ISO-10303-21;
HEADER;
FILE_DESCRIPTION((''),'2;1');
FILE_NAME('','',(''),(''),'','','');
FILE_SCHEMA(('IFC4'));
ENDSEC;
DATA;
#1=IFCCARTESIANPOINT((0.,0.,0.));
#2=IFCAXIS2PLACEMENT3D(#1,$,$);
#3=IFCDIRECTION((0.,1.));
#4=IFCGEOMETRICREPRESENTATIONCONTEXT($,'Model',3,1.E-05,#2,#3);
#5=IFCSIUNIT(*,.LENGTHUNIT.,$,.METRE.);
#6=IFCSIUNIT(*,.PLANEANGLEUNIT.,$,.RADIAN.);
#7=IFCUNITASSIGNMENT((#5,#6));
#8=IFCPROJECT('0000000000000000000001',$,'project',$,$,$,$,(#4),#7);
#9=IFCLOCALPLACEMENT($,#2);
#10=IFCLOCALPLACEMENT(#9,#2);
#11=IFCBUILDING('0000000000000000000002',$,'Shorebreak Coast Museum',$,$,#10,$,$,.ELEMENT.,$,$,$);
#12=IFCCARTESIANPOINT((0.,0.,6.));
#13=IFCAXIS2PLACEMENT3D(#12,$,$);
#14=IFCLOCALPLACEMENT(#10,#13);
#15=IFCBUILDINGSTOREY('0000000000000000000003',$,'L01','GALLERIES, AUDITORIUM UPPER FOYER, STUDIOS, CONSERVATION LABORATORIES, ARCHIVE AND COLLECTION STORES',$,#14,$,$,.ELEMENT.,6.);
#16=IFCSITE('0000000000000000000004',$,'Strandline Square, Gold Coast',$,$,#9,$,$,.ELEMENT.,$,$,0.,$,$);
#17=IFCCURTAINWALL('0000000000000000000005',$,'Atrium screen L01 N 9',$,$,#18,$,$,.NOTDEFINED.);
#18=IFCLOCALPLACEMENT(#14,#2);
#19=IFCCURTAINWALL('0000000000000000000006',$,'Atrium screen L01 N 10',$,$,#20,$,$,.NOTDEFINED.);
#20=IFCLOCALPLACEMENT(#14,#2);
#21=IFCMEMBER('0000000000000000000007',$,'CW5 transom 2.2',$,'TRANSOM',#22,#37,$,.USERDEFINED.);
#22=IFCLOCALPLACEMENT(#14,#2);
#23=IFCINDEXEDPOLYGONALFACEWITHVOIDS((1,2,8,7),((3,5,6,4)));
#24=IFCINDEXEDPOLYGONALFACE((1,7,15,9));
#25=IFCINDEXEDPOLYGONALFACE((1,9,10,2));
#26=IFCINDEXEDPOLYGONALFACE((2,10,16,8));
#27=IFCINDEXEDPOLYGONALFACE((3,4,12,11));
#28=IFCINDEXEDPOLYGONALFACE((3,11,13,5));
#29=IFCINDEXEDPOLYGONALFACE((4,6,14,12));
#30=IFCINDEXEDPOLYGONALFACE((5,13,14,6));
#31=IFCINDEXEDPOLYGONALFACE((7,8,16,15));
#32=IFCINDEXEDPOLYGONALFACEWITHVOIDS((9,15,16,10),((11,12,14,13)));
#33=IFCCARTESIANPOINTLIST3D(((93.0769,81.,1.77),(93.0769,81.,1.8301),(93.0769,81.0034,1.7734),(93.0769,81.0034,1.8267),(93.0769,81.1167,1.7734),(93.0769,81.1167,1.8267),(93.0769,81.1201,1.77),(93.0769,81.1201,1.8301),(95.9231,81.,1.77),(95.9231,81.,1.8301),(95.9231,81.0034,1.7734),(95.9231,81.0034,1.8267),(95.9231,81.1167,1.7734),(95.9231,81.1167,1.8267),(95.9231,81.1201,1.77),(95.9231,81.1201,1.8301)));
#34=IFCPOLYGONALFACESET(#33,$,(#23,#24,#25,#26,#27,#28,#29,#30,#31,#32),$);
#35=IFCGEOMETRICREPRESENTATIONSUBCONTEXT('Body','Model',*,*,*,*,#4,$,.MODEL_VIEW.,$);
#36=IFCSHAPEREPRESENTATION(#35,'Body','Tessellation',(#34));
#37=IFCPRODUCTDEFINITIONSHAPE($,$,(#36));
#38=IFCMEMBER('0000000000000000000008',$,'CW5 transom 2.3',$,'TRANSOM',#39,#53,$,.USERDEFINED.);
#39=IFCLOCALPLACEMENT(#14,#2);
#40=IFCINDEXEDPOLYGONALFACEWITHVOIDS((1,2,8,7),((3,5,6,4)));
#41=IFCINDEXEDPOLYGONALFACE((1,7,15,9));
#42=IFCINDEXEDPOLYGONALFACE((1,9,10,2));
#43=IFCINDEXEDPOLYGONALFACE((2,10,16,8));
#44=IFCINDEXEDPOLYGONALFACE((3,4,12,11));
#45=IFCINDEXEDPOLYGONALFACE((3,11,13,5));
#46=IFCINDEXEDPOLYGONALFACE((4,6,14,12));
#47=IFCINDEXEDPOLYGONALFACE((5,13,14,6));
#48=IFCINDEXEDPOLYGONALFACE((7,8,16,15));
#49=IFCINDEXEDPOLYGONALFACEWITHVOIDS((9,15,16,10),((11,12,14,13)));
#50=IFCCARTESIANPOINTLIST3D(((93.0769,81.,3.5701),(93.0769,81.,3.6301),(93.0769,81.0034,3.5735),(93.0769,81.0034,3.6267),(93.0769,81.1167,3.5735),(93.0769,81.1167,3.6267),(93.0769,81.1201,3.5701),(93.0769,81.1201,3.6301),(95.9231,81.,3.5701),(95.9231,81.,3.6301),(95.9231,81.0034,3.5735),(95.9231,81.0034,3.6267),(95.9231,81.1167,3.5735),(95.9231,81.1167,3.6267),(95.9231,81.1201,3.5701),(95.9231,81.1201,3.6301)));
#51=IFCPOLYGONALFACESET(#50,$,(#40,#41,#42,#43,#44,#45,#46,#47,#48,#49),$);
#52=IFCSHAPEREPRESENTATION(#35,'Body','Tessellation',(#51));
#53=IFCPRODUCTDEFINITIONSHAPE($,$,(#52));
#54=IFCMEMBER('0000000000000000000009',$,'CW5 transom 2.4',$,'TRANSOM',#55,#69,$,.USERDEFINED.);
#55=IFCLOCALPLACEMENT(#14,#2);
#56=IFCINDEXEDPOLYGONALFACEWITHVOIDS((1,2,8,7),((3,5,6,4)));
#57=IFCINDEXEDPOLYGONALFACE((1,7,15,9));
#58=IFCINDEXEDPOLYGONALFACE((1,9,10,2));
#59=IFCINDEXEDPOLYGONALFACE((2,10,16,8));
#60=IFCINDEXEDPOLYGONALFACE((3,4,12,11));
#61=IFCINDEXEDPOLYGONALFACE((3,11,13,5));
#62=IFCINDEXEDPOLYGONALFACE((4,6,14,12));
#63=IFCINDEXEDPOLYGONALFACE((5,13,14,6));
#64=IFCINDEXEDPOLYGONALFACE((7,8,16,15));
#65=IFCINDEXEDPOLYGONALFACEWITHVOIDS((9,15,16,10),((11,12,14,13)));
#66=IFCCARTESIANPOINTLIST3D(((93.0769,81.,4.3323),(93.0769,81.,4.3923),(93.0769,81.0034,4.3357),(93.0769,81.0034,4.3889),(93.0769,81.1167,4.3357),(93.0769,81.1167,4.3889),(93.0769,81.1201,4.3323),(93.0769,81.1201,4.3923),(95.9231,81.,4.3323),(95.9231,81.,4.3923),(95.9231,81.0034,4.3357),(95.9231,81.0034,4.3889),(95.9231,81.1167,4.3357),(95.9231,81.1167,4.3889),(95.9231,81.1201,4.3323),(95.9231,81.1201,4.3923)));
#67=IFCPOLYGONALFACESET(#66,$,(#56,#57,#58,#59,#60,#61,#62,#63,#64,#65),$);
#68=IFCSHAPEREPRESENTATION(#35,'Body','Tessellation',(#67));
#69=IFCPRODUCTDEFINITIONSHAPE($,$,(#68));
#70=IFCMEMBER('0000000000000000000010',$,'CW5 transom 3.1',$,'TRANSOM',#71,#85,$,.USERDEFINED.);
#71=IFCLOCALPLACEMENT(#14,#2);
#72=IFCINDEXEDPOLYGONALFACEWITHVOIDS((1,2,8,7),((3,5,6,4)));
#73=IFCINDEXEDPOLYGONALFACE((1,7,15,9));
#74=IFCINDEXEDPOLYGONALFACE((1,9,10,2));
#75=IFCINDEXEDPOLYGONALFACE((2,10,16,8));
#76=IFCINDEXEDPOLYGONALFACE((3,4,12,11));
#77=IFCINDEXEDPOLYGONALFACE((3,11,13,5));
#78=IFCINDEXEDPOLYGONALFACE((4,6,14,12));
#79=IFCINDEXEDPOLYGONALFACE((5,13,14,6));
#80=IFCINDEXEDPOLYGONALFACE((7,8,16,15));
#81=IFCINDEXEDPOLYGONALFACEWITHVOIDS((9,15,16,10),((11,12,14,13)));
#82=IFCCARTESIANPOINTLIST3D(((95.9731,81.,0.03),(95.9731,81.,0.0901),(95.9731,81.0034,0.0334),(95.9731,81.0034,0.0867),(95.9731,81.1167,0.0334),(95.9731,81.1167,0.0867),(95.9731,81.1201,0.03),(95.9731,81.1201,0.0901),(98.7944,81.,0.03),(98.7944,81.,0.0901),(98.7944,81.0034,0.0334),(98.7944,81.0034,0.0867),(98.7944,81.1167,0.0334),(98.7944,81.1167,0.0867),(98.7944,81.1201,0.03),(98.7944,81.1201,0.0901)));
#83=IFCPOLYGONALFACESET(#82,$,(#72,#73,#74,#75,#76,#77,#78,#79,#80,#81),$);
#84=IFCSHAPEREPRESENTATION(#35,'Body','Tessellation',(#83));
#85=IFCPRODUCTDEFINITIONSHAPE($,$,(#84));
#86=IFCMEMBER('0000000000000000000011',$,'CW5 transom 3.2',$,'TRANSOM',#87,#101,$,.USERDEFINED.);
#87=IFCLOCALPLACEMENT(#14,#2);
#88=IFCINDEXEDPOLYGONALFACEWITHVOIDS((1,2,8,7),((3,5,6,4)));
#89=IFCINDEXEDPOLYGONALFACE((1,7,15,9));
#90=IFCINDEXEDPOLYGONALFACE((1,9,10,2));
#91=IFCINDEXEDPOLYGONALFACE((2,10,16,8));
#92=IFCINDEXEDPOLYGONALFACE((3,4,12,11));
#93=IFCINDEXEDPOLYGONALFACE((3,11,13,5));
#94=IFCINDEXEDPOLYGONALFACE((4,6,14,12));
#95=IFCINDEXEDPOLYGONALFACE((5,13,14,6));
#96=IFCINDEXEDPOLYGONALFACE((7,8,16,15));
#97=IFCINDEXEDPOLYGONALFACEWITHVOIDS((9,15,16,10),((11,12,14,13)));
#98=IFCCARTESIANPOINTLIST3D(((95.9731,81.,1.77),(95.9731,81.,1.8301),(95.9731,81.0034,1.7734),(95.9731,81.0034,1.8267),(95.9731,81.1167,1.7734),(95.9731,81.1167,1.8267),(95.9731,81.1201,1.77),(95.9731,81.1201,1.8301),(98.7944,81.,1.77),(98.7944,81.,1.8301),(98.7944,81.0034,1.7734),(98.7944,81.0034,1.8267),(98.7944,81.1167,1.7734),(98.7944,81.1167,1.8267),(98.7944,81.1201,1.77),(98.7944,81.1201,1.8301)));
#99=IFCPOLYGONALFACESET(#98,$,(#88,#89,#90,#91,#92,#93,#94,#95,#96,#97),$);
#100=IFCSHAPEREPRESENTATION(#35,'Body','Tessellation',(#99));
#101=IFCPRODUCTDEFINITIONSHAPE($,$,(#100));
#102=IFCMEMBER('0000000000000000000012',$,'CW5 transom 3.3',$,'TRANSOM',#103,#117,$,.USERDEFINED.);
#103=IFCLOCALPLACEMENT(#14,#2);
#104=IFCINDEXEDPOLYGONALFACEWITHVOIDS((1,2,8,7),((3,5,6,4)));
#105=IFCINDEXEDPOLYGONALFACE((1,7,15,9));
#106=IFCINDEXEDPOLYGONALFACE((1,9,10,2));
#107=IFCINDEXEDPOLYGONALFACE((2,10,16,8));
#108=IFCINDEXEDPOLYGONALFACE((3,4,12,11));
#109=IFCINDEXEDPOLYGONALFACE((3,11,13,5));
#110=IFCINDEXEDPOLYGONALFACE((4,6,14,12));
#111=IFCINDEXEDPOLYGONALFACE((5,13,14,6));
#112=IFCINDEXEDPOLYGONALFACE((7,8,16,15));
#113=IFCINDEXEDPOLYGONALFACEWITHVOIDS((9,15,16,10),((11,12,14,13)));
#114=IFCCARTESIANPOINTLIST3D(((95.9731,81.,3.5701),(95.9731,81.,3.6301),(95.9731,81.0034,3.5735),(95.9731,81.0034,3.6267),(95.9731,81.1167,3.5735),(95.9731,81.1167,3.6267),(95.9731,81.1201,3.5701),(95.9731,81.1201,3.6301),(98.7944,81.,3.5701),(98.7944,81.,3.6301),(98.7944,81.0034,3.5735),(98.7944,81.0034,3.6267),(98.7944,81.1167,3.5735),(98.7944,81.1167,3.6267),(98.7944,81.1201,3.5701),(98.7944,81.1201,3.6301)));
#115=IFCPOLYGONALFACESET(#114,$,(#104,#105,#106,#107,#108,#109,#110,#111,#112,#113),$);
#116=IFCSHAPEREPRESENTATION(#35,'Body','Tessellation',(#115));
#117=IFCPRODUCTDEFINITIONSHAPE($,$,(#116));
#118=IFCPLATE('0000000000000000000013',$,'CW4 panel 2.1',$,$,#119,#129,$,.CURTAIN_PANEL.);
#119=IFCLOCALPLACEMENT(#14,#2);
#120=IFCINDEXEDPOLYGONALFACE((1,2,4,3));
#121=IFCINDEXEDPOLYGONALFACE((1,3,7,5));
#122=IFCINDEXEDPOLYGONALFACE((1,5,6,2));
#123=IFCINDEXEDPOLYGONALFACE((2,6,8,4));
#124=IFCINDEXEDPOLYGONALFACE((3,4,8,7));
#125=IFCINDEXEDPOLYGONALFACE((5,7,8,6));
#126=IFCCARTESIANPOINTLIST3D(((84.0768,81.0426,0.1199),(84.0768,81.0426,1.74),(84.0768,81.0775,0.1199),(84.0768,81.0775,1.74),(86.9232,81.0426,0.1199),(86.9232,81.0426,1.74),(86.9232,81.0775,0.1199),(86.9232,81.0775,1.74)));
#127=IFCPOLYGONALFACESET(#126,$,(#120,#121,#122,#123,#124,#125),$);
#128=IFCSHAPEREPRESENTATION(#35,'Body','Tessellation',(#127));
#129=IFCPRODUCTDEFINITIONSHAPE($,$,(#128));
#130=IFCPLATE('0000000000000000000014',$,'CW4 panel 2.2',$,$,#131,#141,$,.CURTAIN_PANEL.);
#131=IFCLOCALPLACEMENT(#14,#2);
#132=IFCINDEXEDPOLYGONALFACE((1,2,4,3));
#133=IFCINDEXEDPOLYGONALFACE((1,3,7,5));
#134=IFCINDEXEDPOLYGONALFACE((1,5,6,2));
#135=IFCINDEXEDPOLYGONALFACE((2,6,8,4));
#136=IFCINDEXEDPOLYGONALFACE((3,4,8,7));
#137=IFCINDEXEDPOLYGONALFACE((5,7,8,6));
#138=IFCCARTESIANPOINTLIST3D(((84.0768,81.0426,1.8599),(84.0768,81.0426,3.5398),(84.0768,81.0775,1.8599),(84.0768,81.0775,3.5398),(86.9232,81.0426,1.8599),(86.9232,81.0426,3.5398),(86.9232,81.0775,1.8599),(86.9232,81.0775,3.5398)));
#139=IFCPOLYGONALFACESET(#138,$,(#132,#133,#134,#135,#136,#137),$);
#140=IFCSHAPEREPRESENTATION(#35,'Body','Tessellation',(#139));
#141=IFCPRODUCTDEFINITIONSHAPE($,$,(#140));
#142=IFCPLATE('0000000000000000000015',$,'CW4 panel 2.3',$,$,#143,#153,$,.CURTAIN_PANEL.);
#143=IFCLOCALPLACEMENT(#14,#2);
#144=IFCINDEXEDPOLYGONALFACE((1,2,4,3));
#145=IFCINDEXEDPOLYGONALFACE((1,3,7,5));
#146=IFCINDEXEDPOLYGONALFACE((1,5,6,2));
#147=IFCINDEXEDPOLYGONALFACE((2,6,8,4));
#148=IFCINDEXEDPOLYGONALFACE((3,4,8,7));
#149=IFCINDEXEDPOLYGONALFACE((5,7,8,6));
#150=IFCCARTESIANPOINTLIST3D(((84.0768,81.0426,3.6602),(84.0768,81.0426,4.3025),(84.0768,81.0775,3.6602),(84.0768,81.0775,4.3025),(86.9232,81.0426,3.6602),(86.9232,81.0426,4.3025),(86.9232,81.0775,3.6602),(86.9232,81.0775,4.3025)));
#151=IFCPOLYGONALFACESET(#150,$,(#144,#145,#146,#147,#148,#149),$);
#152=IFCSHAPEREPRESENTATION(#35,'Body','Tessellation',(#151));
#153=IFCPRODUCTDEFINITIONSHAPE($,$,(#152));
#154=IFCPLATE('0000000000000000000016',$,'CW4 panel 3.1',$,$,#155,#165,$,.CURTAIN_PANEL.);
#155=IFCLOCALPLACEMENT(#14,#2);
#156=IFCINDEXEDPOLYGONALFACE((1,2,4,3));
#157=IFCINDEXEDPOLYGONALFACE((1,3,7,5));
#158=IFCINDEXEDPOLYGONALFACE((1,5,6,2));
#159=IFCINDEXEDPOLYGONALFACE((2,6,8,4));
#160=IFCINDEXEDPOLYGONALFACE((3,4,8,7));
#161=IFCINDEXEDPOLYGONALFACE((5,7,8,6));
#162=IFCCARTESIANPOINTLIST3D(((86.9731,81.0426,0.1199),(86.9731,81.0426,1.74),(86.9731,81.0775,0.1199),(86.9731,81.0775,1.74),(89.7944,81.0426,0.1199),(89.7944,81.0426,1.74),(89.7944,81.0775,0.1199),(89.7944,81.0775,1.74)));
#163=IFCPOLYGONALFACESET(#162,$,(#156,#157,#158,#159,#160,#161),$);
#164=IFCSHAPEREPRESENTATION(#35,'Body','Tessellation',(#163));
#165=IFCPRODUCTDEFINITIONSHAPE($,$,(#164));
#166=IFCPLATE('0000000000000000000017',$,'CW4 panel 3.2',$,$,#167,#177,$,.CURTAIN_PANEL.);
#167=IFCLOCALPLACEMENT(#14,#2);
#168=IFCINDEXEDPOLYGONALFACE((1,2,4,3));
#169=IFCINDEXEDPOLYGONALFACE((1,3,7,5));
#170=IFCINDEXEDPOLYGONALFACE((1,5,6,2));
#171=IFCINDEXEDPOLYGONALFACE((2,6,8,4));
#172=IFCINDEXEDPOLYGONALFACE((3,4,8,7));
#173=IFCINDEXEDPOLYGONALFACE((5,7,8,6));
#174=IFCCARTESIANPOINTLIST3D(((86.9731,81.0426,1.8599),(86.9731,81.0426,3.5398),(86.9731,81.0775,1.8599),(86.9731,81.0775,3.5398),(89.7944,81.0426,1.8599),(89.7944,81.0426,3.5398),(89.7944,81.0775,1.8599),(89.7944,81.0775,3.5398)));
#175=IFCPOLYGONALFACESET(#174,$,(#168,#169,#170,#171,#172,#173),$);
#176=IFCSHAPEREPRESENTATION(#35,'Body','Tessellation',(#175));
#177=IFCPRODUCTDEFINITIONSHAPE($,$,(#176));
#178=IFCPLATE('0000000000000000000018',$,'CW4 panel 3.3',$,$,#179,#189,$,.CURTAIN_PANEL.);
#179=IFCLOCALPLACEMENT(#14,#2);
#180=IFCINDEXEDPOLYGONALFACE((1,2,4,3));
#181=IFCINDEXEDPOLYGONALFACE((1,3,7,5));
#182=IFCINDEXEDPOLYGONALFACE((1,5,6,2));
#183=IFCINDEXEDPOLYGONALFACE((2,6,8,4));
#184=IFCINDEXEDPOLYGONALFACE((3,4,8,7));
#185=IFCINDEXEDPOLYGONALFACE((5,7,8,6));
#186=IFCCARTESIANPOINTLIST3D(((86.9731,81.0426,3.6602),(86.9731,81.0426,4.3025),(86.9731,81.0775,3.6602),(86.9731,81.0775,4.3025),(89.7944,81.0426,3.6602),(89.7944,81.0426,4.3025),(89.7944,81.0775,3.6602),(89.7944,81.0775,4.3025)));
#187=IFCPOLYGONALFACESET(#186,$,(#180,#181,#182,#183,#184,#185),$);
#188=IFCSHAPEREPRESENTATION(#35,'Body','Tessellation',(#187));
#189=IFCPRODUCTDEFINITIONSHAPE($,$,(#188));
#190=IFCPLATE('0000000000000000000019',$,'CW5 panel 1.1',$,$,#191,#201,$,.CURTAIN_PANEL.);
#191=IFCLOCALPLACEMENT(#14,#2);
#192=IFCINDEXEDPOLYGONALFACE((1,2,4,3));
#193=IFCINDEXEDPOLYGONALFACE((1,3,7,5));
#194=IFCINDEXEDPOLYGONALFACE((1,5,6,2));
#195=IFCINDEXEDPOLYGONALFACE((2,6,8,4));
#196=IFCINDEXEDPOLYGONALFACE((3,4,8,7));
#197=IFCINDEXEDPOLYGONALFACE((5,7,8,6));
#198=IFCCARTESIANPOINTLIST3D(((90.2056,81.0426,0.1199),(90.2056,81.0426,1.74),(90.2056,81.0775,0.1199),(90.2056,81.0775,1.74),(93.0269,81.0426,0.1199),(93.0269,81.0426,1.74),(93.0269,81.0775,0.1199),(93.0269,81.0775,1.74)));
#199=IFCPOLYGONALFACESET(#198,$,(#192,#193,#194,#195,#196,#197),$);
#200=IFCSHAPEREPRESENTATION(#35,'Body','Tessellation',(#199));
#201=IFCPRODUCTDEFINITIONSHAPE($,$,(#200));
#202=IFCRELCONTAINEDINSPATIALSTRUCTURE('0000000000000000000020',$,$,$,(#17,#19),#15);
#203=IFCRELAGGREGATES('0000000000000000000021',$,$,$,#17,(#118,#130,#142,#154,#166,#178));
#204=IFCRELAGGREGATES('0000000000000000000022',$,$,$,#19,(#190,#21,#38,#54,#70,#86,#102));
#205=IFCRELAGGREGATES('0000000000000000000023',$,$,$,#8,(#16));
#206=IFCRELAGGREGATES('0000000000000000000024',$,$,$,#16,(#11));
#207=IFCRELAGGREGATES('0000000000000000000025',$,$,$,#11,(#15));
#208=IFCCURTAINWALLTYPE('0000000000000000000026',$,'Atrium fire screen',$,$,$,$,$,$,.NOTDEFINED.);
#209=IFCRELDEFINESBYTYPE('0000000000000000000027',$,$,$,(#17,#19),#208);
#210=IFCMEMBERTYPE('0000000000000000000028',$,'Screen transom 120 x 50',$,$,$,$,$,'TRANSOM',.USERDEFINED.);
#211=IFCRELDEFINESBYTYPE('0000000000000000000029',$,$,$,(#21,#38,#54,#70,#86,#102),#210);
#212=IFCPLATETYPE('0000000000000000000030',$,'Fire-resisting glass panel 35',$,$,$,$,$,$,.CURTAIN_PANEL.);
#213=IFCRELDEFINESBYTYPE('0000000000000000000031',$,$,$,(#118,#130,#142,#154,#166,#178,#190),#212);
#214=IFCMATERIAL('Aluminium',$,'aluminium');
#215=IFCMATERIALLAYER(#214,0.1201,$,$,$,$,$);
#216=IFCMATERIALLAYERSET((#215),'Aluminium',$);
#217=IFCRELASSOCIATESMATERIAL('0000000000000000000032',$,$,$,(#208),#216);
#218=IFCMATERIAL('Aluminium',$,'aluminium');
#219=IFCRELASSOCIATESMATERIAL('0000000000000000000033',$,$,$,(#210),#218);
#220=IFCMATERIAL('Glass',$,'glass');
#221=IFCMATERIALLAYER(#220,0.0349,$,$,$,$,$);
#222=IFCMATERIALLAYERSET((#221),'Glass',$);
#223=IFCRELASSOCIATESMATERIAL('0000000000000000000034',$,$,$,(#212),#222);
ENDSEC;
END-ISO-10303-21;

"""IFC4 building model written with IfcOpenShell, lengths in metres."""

from ifc_helpers import new_model, si_unit, direction, frame, origin, origin_2d, place, context, subcontext, project, spatial, rectangle, hollow_rectangle, extrude, material, layer, layer_set, material_profile, profile_set, type_object, element, aggregate, save


model = new_model("IFC4")

# Units and contexts
model_context = context("Model", 3, precision=1e-05, world=origin(), true_north=direction((0.0, 1.0)))
body_context = subcontext(model_context, "Body", "Model", "MODEL_VIEW")
ifc_project = project(units=[si_unit("LENGTHUNIT", "METRE"), si_unit("PLANEANGLEUNIT", "RADIAN")], contexts=[model_context])

# Site, building, storey
site_placement = place(None, origin())
site = spatial("IfcSite", under=ifc_project, at=site_placement, Name="Strandline Square, Gold Coast", CompositionType="ELEMENT", RefElevation=0.0)
building_placement = place(site_placement, origin())
building = spatial("IfcBuilding", under=site, at=building_placement, Name="Shorebreak Coast Museum", CompositionType="ELEMENT")
storey_placement = place(building_placement, frame((0.0, 0.0, 6.0)))
storey = spatial("IfcBuildingStorey", under=building, at=storey_placement, Name="L01", Description="GALLERIES, AUDITORIUM UPPER FOYER, STUDIOS, CONSERVATION LABORATORIES, ARCHIVE AND COLLECTION STORES", CompositionType="ELEMENT", Elevation=6.0)

# Curtain walls
ifc_material_1 = material(Name="Aluminium", Category="aluminium")
ifc_layer_1 = layer(ifc_material_1, 0.1201)
ifc_layer_set_1 = layer_set([ifc_layer_1], Name="Aluminium")
curtain_wall_type = type_object("IfcCurtainWallType", Name="Atrium fire screen", PredefinedType="NOTDEFINED", material=ifc_layer_set_1)
curtain_wall_1_placement = place(storey_placement, origin())
curtain_wall_1 = element("IfcCurtainWall", 1, at=curtain_wall_1_placement, inside=storey, type_object=curtain_wall_type, Name="Atrium screen L01 N 9", PredefinedType="NOTDEFINED")
curtain_wall_2_placement = place(storey_placement, origin())
curtain_wall_2 = element("IfcCurtainWall", 2, at=curtain_wall_2_placement, inside=storey, type_object=curtain_wall_type, Name="Atrium screen L01 N 10", PredefinedType="NOTDEFINED")

# Members
ifc_material_2 = material(Name="Aluminium", Category="aluminium")
ifc_material_profile_1 = material_profile(ifc_material_2, hollow_rectangle(XDim=0.1201, YDim=0.0601, WallThickness=0.0034, at=origin_2d()), Name="AL 60x120 RHS")
ifc_profile_set_1 = profile_set([ifc_material_profile_1], Name="Aluminium")
member_type_1 = type_object("IfcMemberType", Name="Screen transom 120 x 50", ElementType="TRANSOM", PredefinedType="USERDEFINED", material=ifc_profile_set_1)
member_1_placement = place(storey_placement, frame((93.0769, 81.0601, 1.8), z_axis=(1.0, 0.0, 0.0), x_axis=(0.0, 1.0, 0.0)))
member_1 = element("IfcMember", 3, at=member_1_placement, type_object=member_type_1, Name="CW5 transom 2.2", ObjectType="TRANSOM", PredefinedType="USERDEFINED", context=body_context, shape_type="SweptSolid", body=[
    extrude(hollow_rectangle(XDim=0.1201, YDim=0.0601, WallThickness=0.0034, at=origin_2d()), origin(), (0.0, 0.0, 1.0), 2.8462),
])
member_2_placement = place(storey_placement, frame((93.0769, 81.0601, 3.6001), z_axis=(1.0, 0.0, 0.0), x_axis=(0.0, 1.0, 0.0)))
member_2 = element("IfcMember", 4, at=member_2_placement, type_object=member_type_1, Name="CW5 transom 2.3", ObjectType="TRANSOM", PredefinedType="USERDEFINED", context=body_context, shape_type="SweptSolid", body=[
    extrude(hollow_rectangle(XDim=0.1201, YDim=0.0601, WallThickness=0.0034, at=origin_2d()), origin(), (0.0, 0.0, 1.0), 2.8462),
])
member_3_placement = place(storey_placement, frame((93.0769, 81.0601, 4.3623), z_axis=(1.0, 0.0, 0.0), x_axis=(0.0, 1.0, 0.0)))
member_3 = element("IfcMember", 5, at=member_3_placement, type_object=member_type_1, Name="CW5 transom 2.4", ObjectType="TRANSOM", PredefinedType="USERDEFINED", context=body_context, shape_type="SweptSolid", body=[
    extrude(hollow_rectangle(XDim=0.1201, YDim=0.0601, WallThickness=0.0034, at=origin_2d()), origin(), (0.0, 0.0, 1.0), 2.8462),
])
member_4_placement = place(storey_placement, frame((95.9731, 81.0601, 0.0601), z_axis=(1.0, 0.0, 0.0), x_axis=(0.0, 1.0, 0.0)))
member_4 = element("IfcMember", 6, at=member_4_placement, type_object=member_type_1, Name="CW5 transom 3.1", ObjectType="TRANSOM", PredefinedType="USERDEFINED", context=body_context, shape_type="SweptSolid", body=[
    extrude(hollow_rectangle(XDim=0.1201, YDim=0.0601, WallThickness=0.0034, at=origin_2d()), origin(), (0.0, 0.0, 1.0), 2.8213),
])
member_5_placement = place(storey_placement, frame((95.9731, 81.0601, 1.8), z_axis=(1.0, 0.0, 0.0), x_axis=(0.0, 1.0, 0.0)))
member_5 = element("IfcMember", 7, at=member_5_placement, type_object=member_type_1, Name="CW5 transom 3.2", ObjectType="TRANSOM", PredefinedType="USERDEFINED", context=body_context, shape_type="SweptSolid", body=[
    extrude(hollow_rectangle(XDim=0.1201, YDim=0.0601, WallThickness=0.0034, at=origin_2d()), origin(), (0.0, 0.0, 1.0), 2.8213),
])
member_6_placement = place(storey_placement, frame((95.9731, 81.0601, 3.6001), z_axis=(1.0, 0.0, 0.0), x_axis=(0.0, 1.0, 0.0)))
member_6 = element("IfcMember", 8, at=member_6_placement, type_object=member_type_1, Name="CW5 transom 3.3", ObjectType="TRANSOM", PredefinedType="USERDEFINED", context=body_context, shape_type="SweptSolid", body=[
    extrude(hollow_rectangle(XDim=0.1201, YDim=0.0601, WallThickness=0.0034, at=origin_2d()), origin(), (0.0, 0.0, 1.0), 2.8213),
])

# Plates
ifc_material_3 = material(Name="Glass", Category="glass")
ifc_layer_2 = layer(ifc_material_3, 0.0349)
ifc_layer_set_2 = layer_set([ifc_layer_2], Name="Glass")
plate_type = type_object("IfcPlateType", Name="Fire-resisting glass panel 35", PredefinedType="CURTAIN_PANEL", material=ifc_layer_set_2)
plate_1_placement = place(storey_placement, frame((85.5, 81.0601, 0.1199), z_axis=(0.0, 0.0, 1.0), x_axis=(1.0, 0.0, 0.0)))
plate_1 = element("IfcPlate", 9, at=plate_1_placement, type_object=plate_type, Name="CW4 panel 2.1", PredefinedType="CURTAIN_PANEL", context=body_context, shape_type="SweptSolid", body=[
    extrude(rectangle(XDim=2.8464, YDim=0.0349, at=origin_2d()), origin(), (0.0, 0.0, 1.0), 1.6201),
])
plate_2_placement = place(storey_placement, frame((85.5, 81.0601, 1.8599), z_axis=(0.0, 0.0, 1.0), x_axis=(1.0, 0.0, 0.0)))
plate_2 = element("IfcPlate", 10, at=plate_2_placement, type_object=plate_type, Name="CW4 panel 2.2", PredefinedType="CURTAIN_PANEL", context=body_context, shape_type="SweptSolid", body=[
    extrude(rectangle(XDim=2.8464, YDim=0.0349, at=origin_2d()), origin(), (0.0, 0.0, 1.0), 1.6799),
])
plate_3_placement = place(storey_placement, frame((85.5, 81.0601, 3.6602), z_axis=(0.0, 0.0, 1.0), x_axis=(1.0, 0.0, 0.0)))
plate_3 = element("IfcPlate", 11, at=plate_3_placement, type_object=plate_type, Name="CW4 panel 2.3", PredefinedType="CURTAIN_PANEL", context=body_context, shape_type="SweptSolid", body=[
    extrude(rectangle(XDim=2.8464, YDim=0.0349, at=origin_2d()), origin(), (0.0, 0.0, 1.0), 0.6423),
])
plate_4_placement = place(storey_placement, frame((88.3838, 81.0601, 0.1199), z_axis=(0.0, 0.0, 1.0), x_axis=(1.0, 0.0, 0.0)))
plate_4 = element("IfcPlate", 12, at=plate_4_placement, type_object=plate_type, Name="CW4 panel 3.1", PredefinedType="CURTAIN_PANEL", context=body_context, shape_type="SweptSolid", body=[
    extrude(rectangle(XDim=2.8213, YDim=0.0349, at=origin_2d()), origin(), (0.0, 0.0, 1.0), 1.6201),
])
plate_5_placement = place(storey_placement, frame((88.3838, 81.0601, 1.8599), z_axis=(0.0, 0.0, 1.0), x_axis=(1.0, 0.0, 0.0)))
plate_5 = element("IfcPlate", 13, at=plate_5_placement, type_object=plate_type, Name="CW4 panel 3.2", PredefinedType="CURTAIN_PANEL", context=body_context, shape_type="SweptSolid", body=[
    extrude(rectangle(XDim=2.8213, YDim=0.0349, at=origin_2d()), origin(), (0.0, 0.0, 1.0), 1.6799),
])
plate_6_placement = place(storey_placement, frame((88.3838, 81.0601, 3.6602), z_axis=(0.0, 0.0, 1.0), x_axis=(1.0, 0.0, 0.0)))
plate_6 = element("IfcPlate", 14, at=plate_6_placement, type_object=plate_type, Name="CW4 panel 3.3", PredefinedType="CURTAIN_PANEL", context=body_context, shape_type="SweptSolid", body=[
    extrude(rectangle(XDim=2.8213, YDim=0.0349, at=origin_2d()), origin(), (0.0, 0.0, 1.0), 0.6423),
])
aggregate(curtain_wall_1, [plate_1, plate_2, plate_3, plate_4, plate_5, plate_6])
plate_7_placement = place(storey_placement, frame((91.6162, 81.0601, 0.1199), z_axis=(0.0, 0.0, 1.0), x_axis=(1.0, 0.0, 0.0)))
plate_7 = element("IfcPlate", 15, at=plate_7_placement, type_object=plate_type, Name="CW5 panel 1.1", PredefinedType="CURTAIN_PANEL", context=body_context, shape_type="SweptSolid", body=[
    extrude(rectangle(XDim=2.8213, YDim=0.0349, at=origin_2d()), origin(), (0.0, 0.0, 1.0), 1.6201),
])
aggregate(curtain_wall_2, [plate_7, member_1, member_2, member_3, member_4, member_5, member_6])

save(model, "model.ifc")
